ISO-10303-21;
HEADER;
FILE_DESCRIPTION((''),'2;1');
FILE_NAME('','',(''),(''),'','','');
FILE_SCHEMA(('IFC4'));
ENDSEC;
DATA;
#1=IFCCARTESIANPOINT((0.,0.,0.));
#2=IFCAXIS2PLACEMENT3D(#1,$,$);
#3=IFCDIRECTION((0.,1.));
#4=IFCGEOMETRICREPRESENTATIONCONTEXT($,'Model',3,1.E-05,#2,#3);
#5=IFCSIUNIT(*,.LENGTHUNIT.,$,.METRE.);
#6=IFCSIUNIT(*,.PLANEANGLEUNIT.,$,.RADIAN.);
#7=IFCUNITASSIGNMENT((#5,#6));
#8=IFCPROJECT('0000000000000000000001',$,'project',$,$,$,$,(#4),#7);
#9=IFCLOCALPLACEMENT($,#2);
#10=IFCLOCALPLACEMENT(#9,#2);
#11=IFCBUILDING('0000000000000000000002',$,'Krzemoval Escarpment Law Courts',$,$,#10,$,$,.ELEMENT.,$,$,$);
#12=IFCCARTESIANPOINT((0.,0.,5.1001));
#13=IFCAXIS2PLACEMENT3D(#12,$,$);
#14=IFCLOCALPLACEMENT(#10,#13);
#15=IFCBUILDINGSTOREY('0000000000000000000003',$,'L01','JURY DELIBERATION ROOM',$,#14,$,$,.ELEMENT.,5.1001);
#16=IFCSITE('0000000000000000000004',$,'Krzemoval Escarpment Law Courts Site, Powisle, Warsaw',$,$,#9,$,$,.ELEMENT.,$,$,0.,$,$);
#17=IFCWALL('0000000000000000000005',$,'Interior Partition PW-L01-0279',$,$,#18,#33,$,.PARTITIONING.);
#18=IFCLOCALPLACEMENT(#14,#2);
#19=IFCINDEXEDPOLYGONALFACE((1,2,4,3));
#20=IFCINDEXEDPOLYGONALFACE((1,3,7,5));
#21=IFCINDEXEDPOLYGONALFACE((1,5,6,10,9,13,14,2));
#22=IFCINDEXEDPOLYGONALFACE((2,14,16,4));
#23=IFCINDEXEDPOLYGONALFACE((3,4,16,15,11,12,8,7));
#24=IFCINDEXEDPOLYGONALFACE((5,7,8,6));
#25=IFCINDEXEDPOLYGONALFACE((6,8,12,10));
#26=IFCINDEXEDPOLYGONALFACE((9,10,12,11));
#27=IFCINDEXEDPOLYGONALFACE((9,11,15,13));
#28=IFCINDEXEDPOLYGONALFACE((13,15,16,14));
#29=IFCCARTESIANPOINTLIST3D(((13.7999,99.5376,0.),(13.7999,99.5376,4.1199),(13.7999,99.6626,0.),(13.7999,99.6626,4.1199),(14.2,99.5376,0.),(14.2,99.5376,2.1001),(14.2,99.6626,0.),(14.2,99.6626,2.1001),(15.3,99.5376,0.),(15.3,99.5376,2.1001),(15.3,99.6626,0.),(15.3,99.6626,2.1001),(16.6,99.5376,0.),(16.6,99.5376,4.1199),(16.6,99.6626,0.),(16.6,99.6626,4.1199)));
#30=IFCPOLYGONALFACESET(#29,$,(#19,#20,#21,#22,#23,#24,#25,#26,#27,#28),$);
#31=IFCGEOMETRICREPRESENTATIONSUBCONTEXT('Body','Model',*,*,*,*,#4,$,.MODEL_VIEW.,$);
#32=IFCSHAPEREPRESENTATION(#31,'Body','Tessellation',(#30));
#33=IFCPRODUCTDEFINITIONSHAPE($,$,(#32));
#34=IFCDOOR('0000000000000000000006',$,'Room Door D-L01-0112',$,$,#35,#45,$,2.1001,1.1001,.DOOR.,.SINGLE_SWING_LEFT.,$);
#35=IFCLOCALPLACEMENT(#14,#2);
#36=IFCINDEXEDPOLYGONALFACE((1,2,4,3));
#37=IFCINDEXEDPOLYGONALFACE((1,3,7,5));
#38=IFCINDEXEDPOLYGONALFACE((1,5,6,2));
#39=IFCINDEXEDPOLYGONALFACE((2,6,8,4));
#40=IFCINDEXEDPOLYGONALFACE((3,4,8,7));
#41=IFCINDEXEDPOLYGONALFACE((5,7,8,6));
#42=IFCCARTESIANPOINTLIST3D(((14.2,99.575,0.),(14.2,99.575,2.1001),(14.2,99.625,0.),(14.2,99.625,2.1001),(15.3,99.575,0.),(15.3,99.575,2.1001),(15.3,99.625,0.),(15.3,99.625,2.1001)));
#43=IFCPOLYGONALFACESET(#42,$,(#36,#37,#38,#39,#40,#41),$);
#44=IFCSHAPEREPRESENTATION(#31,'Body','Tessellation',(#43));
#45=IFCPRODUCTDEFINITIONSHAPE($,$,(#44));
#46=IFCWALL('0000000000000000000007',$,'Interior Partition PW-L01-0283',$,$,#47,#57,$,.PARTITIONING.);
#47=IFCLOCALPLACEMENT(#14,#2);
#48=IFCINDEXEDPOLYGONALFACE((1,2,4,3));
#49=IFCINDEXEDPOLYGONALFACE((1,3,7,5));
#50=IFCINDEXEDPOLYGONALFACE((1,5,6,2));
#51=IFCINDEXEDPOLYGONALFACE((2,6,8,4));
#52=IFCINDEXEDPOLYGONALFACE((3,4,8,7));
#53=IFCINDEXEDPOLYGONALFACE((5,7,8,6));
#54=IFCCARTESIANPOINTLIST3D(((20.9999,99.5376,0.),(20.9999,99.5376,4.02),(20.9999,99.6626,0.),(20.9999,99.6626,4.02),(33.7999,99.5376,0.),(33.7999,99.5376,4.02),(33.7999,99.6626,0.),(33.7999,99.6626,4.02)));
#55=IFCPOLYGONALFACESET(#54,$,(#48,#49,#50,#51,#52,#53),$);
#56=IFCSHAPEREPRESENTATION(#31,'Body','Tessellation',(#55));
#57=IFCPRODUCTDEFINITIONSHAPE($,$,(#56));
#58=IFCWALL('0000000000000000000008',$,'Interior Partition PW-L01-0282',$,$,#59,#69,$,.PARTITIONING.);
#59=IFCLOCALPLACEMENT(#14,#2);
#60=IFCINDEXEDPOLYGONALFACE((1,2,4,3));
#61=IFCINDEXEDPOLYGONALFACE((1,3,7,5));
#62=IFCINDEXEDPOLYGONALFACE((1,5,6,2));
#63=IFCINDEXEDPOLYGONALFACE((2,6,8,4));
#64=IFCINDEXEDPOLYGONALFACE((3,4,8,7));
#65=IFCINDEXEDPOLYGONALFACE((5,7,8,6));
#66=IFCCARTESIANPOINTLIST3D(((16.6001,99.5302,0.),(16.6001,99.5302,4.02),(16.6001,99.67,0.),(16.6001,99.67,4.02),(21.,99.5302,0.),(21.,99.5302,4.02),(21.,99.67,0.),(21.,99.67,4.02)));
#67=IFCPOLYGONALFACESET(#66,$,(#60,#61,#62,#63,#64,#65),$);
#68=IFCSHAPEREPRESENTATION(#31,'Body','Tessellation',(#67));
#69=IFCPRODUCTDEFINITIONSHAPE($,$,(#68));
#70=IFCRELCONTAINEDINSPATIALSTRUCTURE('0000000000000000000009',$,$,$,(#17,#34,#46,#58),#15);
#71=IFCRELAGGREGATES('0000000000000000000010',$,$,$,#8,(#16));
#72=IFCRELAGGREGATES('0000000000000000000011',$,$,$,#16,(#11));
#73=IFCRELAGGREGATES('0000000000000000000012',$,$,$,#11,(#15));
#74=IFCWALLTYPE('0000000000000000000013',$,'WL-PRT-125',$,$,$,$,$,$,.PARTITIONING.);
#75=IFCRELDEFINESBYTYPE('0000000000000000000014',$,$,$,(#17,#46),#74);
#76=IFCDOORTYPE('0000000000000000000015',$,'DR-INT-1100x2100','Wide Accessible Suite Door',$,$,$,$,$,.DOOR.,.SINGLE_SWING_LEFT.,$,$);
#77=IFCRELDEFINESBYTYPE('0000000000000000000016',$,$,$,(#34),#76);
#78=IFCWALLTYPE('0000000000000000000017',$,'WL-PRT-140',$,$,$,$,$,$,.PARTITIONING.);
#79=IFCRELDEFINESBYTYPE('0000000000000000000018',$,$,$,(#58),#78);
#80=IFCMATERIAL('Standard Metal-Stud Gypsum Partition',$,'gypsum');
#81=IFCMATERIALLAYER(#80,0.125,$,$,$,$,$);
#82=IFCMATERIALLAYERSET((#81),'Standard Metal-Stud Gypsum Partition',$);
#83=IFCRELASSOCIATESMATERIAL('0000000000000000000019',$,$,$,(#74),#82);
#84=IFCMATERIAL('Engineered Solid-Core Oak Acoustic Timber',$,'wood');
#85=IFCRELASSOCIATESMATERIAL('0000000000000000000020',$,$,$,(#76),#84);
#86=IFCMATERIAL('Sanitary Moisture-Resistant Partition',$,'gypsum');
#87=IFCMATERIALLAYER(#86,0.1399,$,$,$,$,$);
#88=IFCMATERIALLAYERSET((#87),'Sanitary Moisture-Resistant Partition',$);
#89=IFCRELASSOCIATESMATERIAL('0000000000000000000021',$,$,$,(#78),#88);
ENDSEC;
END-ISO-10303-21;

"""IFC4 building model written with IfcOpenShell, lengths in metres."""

from ifc_helpers import new_model, si_unit, direction, frame, frame_2d, origin, place, context, subcontext, project, spatial, rectangle, extrude, material, layer, layer_set, type_object, element, fill, save


model = new_model("IFC4")

# Units and contexts
model_context = context("Model", 3, precision=1e-05, world=origin(), true_north=direction((0.0, 1.0)))
body_context = subcontext(model_context, "Body", "Model", "MODEL_VIEW")
ifc_project = project(units=[si_unit("LENGTHUNIT", "METRE"), si_unit("PLANEANGLEUNIT", "RADIAN")], contexts=[model_context])

# Site, building, storey
site_placement = place(None, origin())
site = spatial("IfcSite", under=ifc_project, at=site_placement, Name="Krzemoval Escarpment Law Courts Site, Powisle, Warsaw", CompositionType="ELEMENT", RefElevation=0.0)
building_placement = place(site_placement, origin())
building = spatial("IfcBuilding", under=site, at=building_placement, Name="Krzemoval Escarpment Law Courts", CompositionType="ELEMENT")
storey_placement = place(building_placement, frame((0.0, 0.0, 5.1001)))
storey = spatial("IfcBuildingStorey", under=building, at=storey_placement, Name="L01", Description="JURY DELIBERATION ROOM", CompositionType="ELEMENT", Elevation=5.1001)

# Wall, opening, door
ifc_material_1 = material(Name="Standard Metal-Stud Gypsum Partition", Category="gypsum")
ifc_layer_1 = layer(ifc_material_1, 0.125)
ifc_layer_set_1 = layer_set([ifc_layer_1], Name="Standard Metal-Stud Gypsum Partition")
wall_type_1 = type_object("IfcWallType", Name="WL-PRT-125", PredefinedType="PARTITIONING", material=ifc_layer_set_1)
wall_1_placement = place(storey_placement, frame((13.8, 99.6001, 0.0), z_axis=(0.0, 0.0, 1.0), x_axis=(1.0, 0.0, 0.0)))
wall_1 = element("IfcWall", 1, at=wall_1_placement, inside=storey, type_object=wall_type_1, Name="Interior Partition PW-L01-0279", PredefinedType="PARTITIONING", context=body_context, shape_type="SweptSolid", body=[
    extrude(rectangle(XDim=2.8, YDim=0.125, at=frame_2d((1.3999, 0.0))), origin(), (0.0, 0.0, 1.0), 4.1199),
])
opening_1_placement = place(wall_1_placement, frame((0.3999, 0.0, 0.0)))
opening_1 = element("IfcOpeningElement", 2, at=opening_1_placement, cuts=wall_1, PredefinedType="OPENING", context=body_context, shape_type="SweptSolid", body=[
    extrude(rectangle(XDim=1.1001, YDim=2.1001, at=frame_2d((0.55, 1.05))), frame((0.0, 0.0775, 0.0), z_axis=(0.0, -1.0, 0.0), x_axis=(1.0, 0.0, 0.0)), (0.0, 0.0, 1.0), 0.155),
])
ifc_material_2 = material(Name="Engineered Solid-Core Oak Acoustic Timber", Category="wood")
door_type = type_object("IfcDoorType", Name="DR-INT-1100x2100", Description="Wide Accessible Suite Door", OperationType="SINGLE_SWING_LEFT", PredefinedType="DOOR", material=ifc_material_2)
door_placement = place(opening_1_placement, origin())
door = element("IfcDoor", 3, at=door_placement, inside=storey, type_object=door_type, Name="Room Door D-L01-0112", OperationType="SINGLE_SWING_LEFT", OverallHeight=2.1001, OverallWidth=1.1001, PredefinedType="DOOR", context=body_context, shape_type="SweptSolid", body=[
    extrude(rectangle(XDim=1.1001, YDim=2.1001, at=frame_2d((0.55, 1.05))), frame((0.0, 0.0249, 0.0), z_axis=(0.0, -1.0, 0.0), x_axis=(1.0, 0.0, 0.0)), (0.0, 0.0, 1.0), 0.05),
])
fill(opening_1, door)

# Walls
wall_2_placement = place(storey_placement, frame((21.0, 99.6001, 0.0), z_axis=(0.0, 0.0, 1.0), x_axis=(1.0, 0.0, 0.0)))
element("IfcWall", 4, at=wall_2_placement, inside=storey, type_object=wall_type_1, Name="Interior Partition PW-L01-0283", PredefinedType="PARTITIONING", context=body_context, shape_type="SweptSolid", body=[
    extrude(rectangle(XDim=12.8, YDim=0.125, at=frame_2d((6.3999, 0.0))), origin(), (0.0, 0.0, 1.0), 4.02),
])
ifc_material_3 = material(Name="Sanitary Moisture-Resistant Partition", Category="gypsum")
ifc_layer_2 = layer(ifc_material_3, 0.1399)
ifc_layer_set_2 = layer_set([ifc_layer_2], Name="Sanitary Moisture-Resistant Partition")
wall_type_2 = type_object("IfcWallType", Name="WL-PRT-140", PredefinedType="PARTITIONING", material=ifc_layer_set_2)
wall_3_placement = place(storey_placement, frame((16.6001, 99.6001, 0.0), z_axis=(0.0, 0.0, 1.0), x_axis=(1.0, 0.0, 0.0)))
element("IfcWall", 5, at=wall_3_placement, inside=storey, type_object=wall_type_2, Name="Interior Partition PW-L01-0282", PredefinedType="PARTITIONING", context=body_context, shape_type="SweptSolid", body=[
    extrude(rectangle(XDim=4.3999, YDim=0.1399, at=frame_2d((2.2, 0.0))), origin(), (0.0, 0.0, 1.0), 4.02),
])

save(model, "model.ifc")
